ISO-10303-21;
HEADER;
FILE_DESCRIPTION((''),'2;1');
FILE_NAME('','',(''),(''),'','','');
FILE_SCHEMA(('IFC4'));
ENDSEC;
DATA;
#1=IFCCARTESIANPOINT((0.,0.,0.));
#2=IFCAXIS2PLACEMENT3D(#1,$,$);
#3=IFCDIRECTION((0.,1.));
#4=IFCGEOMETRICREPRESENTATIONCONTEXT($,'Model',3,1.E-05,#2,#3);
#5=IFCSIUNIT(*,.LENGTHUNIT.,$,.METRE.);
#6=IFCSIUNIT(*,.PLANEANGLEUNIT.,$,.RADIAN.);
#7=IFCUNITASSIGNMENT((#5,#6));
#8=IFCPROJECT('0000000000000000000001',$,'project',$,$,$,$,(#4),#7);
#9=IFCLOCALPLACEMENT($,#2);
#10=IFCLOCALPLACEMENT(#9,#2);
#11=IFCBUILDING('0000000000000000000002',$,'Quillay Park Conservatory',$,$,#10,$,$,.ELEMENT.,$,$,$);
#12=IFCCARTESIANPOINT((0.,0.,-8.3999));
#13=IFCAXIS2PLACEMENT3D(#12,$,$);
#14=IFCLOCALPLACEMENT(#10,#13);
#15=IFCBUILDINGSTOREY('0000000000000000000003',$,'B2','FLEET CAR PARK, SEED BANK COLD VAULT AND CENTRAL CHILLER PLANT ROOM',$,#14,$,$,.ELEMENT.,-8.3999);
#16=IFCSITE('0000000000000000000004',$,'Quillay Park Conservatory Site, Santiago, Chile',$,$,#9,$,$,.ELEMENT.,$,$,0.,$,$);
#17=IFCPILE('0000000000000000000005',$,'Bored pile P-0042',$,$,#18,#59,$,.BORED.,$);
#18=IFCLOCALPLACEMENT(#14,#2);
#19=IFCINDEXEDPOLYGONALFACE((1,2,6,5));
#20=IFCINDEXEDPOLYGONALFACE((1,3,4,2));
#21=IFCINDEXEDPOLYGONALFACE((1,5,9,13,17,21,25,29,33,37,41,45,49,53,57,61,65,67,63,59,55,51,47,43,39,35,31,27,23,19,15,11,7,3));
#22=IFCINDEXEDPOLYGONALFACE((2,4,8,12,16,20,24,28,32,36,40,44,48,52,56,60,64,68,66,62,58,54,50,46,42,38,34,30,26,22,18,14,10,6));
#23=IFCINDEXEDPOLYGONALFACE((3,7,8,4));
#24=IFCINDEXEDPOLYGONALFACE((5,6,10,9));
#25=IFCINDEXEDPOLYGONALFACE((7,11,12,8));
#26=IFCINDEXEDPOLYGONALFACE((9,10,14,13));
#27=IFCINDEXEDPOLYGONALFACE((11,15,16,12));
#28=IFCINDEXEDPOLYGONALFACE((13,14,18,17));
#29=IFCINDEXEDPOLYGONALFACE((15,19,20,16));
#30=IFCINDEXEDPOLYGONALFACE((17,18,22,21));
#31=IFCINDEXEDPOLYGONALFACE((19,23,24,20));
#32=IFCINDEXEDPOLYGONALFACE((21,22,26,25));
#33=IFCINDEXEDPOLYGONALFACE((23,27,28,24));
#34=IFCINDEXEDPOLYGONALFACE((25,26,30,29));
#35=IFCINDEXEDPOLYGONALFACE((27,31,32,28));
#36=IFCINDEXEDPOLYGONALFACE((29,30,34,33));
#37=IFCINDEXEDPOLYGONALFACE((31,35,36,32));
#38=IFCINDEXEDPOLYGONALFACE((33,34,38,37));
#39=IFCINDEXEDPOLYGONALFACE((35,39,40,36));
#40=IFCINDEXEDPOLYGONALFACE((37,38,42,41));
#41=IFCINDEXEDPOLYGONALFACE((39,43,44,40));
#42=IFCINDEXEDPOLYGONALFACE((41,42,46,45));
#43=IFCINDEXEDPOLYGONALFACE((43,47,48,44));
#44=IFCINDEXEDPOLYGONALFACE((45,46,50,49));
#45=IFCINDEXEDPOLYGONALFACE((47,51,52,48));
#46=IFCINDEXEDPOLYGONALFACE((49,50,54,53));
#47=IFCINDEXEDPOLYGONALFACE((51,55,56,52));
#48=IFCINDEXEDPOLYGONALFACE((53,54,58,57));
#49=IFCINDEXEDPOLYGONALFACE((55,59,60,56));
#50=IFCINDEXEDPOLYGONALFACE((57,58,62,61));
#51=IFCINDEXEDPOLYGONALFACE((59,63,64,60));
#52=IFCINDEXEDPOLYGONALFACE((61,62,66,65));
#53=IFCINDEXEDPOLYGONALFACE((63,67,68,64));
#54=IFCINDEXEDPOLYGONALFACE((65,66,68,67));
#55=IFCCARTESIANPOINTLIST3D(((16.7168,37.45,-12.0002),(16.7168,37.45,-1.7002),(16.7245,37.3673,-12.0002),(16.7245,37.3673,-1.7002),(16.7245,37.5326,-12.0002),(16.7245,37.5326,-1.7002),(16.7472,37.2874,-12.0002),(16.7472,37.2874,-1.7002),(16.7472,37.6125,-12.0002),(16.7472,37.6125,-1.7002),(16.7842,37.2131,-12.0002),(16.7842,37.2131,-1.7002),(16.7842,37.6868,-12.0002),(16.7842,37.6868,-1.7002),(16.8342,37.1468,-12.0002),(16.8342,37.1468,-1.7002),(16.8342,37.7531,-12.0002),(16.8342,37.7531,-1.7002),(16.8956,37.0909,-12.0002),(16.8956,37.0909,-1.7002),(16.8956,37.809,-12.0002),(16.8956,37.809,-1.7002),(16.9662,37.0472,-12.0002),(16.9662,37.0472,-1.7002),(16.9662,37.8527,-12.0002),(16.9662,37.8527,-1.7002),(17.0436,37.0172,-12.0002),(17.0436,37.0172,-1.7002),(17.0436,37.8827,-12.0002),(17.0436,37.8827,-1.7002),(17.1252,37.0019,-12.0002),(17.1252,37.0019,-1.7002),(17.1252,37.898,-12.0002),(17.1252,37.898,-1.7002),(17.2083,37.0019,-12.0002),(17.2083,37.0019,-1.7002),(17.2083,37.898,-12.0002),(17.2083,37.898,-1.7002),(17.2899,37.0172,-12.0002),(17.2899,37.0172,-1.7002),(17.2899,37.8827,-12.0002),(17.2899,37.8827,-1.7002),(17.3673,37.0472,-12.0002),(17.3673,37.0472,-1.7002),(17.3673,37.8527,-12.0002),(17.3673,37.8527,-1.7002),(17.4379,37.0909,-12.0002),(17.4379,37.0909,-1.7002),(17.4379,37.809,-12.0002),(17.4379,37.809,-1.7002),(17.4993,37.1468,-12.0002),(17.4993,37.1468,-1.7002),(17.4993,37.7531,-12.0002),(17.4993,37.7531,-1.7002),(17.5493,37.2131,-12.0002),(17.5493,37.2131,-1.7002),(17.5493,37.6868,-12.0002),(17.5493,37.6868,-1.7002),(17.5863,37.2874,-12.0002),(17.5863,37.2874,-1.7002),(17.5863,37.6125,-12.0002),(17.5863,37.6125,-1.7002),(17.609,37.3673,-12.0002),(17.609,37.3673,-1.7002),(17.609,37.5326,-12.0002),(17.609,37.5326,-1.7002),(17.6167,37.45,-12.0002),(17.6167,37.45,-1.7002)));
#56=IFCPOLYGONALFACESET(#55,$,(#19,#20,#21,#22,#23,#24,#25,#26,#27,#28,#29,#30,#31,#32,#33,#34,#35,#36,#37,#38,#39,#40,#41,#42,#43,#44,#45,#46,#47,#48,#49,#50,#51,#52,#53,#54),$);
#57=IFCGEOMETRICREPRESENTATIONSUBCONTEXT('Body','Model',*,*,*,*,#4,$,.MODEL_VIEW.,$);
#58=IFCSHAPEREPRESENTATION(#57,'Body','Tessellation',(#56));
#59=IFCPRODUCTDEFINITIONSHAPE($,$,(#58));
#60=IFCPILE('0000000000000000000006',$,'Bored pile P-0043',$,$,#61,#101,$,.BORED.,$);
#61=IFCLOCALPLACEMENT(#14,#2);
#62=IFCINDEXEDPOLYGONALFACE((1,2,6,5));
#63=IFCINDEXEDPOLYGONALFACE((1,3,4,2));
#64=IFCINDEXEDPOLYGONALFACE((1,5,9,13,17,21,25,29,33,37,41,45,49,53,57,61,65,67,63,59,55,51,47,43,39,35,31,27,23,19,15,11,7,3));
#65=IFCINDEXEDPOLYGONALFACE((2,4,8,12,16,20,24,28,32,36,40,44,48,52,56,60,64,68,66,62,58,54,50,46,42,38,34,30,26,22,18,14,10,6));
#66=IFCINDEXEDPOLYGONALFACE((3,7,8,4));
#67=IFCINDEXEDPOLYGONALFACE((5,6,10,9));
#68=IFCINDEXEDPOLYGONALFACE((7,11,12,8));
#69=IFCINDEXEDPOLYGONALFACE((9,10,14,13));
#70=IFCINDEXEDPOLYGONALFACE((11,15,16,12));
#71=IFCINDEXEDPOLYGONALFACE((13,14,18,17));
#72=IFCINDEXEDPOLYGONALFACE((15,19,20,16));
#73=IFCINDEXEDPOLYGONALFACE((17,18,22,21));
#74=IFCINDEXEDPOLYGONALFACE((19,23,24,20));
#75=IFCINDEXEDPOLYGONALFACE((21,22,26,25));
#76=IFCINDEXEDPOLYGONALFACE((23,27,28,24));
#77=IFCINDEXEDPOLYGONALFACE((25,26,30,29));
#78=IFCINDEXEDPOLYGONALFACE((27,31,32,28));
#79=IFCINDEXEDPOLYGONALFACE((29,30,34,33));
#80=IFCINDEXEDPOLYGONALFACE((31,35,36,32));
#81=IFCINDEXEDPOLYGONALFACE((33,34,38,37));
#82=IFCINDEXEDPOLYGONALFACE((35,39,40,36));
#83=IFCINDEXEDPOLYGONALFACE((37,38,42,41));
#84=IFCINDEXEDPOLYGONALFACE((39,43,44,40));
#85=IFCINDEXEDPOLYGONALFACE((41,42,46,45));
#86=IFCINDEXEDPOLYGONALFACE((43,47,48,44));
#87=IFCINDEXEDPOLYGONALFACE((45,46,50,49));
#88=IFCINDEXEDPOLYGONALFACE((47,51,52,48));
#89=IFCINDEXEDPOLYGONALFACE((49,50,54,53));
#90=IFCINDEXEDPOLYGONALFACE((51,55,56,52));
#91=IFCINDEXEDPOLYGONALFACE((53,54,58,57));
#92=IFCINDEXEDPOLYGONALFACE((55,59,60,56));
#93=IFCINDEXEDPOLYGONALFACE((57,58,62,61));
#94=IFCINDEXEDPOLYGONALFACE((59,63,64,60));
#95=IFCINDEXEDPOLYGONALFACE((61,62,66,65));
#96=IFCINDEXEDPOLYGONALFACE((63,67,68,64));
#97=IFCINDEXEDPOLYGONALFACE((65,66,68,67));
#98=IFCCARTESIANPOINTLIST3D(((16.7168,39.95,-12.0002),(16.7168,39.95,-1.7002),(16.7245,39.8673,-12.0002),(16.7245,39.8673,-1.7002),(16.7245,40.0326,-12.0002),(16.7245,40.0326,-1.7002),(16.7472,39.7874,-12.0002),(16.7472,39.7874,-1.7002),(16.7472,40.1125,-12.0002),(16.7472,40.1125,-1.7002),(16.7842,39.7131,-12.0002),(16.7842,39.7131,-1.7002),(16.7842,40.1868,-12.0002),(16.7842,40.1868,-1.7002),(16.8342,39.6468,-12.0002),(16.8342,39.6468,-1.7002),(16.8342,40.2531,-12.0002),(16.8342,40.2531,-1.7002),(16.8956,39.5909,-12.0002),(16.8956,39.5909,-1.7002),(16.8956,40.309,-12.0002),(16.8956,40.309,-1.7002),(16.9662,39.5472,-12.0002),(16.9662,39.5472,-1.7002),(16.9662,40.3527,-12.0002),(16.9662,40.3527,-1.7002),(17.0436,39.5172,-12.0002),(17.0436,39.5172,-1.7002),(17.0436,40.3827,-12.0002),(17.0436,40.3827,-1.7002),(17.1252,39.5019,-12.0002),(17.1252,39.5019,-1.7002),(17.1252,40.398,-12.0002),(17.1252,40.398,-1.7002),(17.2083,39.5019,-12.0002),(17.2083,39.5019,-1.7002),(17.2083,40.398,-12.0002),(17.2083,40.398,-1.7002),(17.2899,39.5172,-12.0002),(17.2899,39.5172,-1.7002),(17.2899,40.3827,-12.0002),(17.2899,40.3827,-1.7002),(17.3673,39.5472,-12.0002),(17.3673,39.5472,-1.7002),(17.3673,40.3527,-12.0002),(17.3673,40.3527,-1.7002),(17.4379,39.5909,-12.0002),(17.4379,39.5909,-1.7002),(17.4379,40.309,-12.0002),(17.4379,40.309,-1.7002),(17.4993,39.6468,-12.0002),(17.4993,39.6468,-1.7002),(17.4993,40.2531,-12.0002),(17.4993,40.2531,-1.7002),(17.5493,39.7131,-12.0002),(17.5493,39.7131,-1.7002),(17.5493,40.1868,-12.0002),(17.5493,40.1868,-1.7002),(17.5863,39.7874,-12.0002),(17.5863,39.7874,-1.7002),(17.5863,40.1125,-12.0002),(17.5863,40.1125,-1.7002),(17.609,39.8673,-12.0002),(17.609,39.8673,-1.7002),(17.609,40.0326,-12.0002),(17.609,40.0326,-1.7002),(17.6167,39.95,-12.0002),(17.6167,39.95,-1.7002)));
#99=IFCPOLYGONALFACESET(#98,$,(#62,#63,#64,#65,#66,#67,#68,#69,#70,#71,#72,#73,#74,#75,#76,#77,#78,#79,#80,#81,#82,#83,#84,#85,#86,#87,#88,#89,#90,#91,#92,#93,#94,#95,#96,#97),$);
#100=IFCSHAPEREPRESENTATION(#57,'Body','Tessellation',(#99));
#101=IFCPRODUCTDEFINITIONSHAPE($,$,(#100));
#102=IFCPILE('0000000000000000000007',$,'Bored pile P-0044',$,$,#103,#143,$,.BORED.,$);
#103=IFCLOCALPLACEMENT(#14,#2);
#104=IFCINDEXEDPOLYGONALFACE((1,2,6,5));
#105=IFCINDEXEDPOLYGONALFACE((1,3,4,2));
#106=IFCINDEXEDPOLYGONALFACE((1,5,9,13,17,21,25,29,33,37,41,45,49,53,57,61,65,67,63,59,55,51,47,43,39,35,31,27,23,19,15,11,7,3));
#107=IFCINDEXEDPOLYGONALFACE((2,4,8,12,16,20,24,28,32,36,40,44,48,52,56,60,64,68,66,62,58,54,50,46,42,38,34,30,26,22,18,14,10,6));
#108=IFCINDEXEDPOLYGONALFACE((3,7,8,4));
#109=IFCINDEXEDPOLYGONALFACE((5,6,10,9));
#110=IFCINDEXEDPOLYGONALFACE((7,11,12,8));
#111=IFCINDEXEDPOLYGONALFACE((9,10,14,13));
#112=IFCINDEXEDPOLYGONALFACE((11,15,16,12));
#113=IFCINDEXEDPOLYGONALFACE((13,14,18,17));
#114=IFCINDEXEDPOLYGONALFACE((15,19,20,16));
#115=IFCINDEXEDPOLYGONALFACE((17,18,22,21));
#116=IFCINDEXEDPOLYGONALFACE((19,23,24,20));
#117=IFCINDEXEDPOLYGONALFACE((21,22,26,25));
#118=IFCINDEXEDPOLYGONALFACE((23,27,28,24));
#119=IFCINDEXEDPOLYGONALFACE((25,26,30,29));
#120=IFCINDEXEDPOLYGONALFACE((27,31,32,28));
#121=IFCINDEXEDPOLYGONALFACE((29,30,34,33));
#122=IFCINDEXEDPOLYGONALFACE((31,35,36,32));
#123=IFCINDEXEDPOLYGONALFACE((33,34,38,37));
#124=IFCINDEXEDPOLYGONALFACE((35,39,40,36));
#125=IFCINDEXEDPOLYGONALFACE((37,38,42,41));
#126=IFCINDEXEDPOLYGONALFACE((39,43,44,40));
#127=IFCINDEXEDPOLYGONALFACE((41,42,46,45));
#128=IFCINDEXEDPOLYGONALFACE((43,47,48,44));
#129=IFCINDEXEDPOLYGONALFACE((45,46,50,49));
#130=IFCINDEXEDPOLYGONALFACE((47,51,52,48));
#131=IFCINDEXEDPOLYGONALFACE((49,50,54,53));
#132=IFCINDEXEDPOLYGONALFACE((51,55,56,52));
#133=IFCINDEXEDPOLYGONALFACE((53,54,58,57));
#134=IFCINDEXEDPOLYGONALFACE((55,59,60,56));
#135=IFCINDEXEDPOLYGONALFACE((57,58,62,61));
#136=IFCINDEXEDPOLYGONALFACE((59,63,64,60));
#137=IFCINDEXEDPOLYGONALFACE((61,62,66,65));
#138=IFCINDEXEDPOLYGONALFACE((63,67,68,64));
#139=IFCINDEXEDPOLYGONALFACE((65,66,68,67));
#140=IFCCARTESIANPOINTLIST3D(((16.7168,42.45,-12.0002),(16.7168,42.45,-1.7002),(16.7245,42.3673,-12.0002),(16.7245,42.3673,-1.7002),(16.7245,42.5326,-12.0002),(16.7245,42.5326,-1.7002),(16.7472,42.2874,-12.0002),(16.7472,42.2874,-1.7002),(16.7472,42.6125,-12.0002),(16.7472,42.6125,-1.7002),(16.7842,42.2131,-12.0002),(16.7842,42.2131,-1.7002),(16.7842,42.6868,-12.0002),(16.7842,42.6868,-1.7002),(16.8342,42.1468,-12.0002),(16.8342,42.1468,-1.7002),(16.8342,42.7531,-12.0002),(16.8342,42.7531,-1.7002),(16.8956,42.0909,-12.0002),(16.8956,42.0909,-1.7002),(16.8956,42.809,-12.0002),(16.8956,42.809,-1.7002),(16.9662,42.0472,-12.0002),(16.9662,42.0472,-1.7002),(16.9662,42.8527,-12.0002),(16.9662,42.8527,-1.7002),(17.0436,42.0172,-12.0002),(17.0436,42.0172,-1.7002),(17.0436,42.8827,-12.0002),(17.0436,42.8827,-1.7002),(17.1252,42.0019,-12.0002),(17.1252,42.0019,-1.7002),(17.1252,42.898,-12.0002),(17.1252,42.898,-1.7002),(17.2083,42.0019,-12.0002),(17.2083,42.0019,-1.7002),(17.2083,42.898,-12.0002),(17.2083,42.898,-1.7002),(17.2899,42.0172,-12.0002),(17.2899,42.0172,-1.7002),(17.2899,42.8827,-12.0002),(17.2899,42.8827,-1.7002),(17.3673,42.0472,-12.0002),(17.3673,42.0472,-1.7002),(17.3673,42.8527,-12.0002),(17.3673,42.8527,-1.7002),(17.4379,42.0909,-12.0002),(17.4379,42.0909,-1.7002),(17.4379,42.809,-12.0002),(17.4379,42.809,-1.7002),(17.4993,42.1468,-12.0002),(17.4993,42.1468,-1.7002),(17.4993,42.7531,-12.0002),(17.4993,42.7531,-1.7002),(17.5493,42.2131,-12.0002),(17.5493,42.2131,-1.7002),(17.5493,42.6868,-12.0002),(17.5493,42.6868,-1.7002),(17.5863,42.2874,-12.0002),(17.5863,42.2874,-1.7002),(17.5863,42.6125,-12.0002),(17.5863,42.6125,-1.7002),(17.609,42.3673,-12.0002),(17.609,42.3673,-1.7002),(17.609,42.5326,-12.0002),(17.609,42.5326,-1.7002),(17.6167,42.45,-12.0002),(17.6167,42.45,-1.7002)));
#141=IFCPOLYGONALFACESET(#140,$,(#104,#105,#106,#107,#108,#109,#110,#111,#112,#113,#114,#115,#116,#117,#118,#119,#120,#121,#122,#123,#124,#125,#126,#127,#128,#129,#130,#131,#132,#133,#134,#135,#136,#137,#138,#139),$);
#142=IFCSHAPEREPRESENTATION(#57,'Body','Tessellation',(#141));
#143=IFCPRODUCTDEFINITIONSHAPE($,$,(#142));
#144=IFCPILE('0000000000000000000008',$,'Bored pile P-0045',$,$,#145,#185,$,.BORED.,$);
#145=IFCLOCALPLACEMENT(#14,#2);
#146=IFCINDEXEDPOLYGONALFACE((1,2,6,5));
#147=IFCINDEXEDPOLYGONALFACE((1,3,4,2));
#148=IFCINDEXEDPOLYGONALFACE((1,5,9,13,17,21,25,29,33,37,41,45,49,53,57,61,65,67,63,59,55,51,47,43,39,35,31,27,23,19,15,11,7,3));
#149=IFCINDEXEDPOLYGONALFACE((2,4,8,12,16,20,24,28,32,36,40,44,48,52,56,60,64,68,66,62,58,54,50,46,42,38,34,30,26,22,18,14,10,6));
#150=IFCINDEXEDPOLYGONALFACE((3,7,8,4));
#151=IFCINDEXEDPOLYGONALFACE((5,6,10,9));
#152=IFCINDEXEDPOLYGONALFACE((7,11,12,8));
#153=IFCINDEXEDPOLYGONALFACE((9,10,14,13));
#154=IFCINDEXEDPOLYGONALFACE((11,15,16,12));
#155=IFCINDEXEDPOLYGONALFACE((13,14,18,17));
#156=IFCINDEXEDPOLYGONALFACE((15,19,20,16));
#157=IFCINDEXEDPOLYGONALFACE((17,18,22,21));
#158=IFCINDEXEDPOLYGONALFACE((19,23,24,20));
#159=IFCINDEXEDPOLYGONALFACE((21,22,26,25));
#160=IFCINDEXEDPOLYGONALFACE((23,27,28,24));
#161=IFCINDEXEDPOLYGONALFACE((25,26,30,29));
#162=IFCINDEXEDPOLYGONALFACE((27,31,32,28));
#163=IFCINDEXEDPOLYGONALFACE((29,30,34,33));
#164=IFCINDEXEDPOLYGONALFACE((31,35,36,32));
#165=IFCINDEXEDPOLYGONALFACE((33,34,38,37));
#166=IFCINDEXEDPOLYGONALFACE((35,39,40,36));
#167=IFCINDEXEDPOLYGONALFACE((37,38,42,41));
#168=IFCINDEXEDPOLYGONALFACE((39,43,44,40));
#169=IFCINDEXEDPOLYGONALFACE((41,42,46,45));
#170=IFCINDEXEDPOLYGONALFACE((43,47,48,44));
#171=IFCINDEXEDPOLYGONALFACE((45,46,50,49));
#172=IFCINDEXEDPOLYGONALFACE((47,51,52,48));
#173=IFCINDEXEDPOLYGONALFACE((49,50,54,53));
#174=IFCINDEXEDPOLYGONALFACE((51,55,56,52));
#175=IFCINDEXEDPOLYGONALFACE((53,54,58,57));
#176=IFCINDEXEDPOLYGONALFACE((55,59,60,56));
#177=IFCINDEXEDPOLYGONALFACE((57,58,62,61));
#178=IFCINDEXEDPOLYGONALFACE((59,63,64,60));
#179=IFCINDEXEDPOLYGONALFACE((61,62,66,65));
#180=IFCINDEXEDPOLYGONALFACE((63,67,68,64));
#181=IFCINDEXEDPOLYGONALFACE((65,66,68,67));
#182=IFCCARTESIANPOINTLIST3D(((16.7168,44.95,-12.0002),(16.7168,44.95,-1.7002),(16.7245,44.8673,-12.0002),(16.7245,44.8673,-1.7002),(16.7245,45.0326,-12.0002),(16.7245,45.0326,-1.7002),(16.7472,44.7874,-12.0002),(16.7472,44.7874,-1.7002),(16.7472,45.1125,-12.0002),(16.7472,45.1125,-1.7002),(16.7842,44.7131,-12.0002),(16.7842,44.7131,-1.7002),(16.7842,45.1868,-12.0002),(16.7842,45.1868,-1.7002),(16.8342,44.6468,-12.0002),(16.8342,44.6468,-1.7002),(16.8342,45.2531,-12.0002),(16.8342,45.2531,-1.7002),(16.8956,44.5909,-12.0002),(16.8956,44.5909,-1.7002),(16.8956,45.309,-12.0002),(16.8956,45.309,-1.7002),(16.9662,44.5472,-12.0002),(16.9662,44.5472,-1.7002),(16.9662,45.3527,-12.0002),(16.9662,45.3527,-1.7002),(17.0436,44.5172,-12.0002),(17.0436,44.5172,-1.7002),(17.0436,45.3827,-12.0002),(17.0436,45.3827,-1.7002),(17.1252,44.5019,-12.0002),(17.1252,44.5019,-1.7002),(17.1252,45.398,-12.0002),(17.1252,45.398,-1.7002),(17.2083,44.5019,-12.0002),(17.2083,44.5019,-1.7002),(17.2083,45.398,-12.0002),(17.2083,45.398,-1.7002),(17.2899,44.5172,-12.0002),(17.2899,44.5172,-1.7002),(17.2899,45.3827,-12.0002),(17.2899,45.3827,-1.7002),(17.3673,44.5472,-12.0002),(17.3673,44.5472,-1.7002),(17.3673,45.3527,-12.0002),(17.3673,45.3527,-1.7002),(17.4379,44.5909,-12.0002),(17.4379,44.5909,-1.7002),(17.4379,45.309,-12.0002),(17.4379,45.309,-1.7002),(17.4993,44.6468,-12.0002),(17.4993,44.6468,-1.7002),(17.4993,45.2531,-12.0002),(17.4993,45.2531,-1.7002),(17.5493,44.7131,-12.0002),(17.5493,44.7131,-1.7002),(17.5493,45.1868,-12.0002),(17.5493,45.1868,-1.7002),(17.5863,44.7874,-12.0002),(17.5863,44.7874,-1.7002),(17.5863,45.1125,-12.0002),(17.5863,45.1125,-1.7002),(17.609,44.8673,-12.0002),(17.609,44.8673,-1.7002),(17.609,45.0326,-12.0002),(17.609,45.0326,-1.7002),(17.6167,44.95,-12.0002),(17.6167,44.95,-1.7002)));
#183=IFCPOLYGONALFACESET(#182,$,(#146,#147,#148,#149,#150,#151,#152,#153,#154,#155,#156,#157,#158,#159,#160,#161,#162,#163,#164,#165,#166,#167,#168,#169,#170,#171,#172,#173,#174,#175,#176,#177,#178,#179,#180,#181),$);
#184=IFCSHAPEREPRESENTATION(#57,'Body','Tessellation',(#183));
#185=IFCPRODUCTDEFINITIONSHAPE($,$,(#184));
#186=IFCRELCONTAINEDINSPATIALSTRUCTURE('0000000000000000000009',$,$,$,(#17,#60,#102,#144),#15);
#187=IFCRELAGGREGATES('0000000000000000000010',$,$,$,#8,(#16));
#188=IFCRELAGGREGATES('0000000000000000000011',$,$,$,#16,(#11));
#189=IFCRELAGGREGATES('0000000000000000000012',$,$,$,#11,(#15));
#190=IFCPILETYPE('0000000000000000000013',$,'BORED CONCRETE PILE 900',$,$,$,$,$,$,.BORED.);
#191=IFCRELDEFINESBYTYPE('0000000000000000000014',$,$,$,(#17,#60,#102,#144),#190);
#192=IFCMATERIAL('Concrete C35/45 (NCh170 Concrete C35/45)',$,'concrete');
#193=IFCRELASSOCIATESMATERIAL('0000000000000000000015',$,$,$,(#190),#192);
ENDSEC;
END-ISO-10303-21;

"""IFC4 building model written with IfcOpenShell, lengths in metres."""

from ifc_helpers import new_model, si_unit, direction, frame, origin, origin_2d, place, context, subcontext, project, spatial, circle, extrude, material, material_profile, profile_set, type_object, element, save


model = new_model("IFC4")

# Units and contexts
model_context = context("Model", 3, precision=1e-05, world=origin(), true_north=direction((0.0, 1.0)))
body_context = subcontext(model_context, "Body", "Model", "MODEL_VIEW")
ifc_project = project(units=[si_unit("LENGTHUNIT", "METRE"), si_unit("PLANEANGLEUNIT", "RADIAN")], contexts=[model_context])

# Site, building, storey
site_placement = place(None, origin())
site = spatial("IfcSite", under=ifc_project, at=site_placement, Name="Quillay Park Conservatory Site, Santiago, Chile", CompositionType="ELEMENT", RefElevation=0.0)
building_placement = place(site_placement, origin())
building = spatial("IfcBuilding", under=site, at=building_placement, Name="Quillay Park Conservatory", CompositionType="ELEMENT")
storey_placement = place(building_placement, frame((0.0, 0.0, -8.3999)))
storey = spatial("IfcBuildingStorey", under=building, at=storey_placement, Name="B2", Description="FLEET CAR PARK, SEED BANK COLD VAULT AND CENTRAL CHILLER PLANT ROOM", CompositionType="ELEMENT", Elevation=-8.3999)

# Piles
ifc_material_1 = material(Name="Concrete C35/45 (NCh170 Concrete C35/45)", Category="concrete")
ifc_material_profile_1 = material_profile(ifc_material_1, circle(Radius=0.45, at=origin_2d()), Name="PILE900")
ifc_profile_set_1 = profile_set([ifc_material_profile_1], Name="Concrete C35/45 (NCh170 Concrete C35/45)")
pile_type = type_object("IfcPileType", Name="BORED CONCRETE PILE 900", PredefinedType="BORED", material=ifc_profile_set_1)
for number, where, z_axis, x_axis, name in (
    (1, (17.1667, 37.45, -1.7002), (0.0, 0.0, -1.0), (1.0, 0.0, 0.0), "Bored pile P-0042"),
    (2, (17.1667, 39.95, -1.7002), (0.0, 0.0, -1.0), (1.0, 0.0, 0.0), "Bored pile P-0043"),
    (3, (17.1667, 42.45, -1.7002), (0.0, 0.0, -1.0), (1.0, 0.0, 0.0), "Bored pile P-0044"),
    (4, (17.1667, 44.95, -1.7002), (0.0, 0.0, -1.0), (1.0, 0.0, 0.0), "Bored pile P-0045"),
):
    element("IfcPile", number, at=place(storey_placement, frame(where, z_axis=z_axis, x_axis=x_axis)), inside=storey, type_object=pile_type, Name=name, PredefinedType="BORED", context=body_context, shape_type="SweptSolid", body=[
        extrude(circle(Radius=0.45, at=origin_2d()), origin(), (0.0, 0.0, 1.0), 10.3),
    ])

save(model, "model.ifc")
